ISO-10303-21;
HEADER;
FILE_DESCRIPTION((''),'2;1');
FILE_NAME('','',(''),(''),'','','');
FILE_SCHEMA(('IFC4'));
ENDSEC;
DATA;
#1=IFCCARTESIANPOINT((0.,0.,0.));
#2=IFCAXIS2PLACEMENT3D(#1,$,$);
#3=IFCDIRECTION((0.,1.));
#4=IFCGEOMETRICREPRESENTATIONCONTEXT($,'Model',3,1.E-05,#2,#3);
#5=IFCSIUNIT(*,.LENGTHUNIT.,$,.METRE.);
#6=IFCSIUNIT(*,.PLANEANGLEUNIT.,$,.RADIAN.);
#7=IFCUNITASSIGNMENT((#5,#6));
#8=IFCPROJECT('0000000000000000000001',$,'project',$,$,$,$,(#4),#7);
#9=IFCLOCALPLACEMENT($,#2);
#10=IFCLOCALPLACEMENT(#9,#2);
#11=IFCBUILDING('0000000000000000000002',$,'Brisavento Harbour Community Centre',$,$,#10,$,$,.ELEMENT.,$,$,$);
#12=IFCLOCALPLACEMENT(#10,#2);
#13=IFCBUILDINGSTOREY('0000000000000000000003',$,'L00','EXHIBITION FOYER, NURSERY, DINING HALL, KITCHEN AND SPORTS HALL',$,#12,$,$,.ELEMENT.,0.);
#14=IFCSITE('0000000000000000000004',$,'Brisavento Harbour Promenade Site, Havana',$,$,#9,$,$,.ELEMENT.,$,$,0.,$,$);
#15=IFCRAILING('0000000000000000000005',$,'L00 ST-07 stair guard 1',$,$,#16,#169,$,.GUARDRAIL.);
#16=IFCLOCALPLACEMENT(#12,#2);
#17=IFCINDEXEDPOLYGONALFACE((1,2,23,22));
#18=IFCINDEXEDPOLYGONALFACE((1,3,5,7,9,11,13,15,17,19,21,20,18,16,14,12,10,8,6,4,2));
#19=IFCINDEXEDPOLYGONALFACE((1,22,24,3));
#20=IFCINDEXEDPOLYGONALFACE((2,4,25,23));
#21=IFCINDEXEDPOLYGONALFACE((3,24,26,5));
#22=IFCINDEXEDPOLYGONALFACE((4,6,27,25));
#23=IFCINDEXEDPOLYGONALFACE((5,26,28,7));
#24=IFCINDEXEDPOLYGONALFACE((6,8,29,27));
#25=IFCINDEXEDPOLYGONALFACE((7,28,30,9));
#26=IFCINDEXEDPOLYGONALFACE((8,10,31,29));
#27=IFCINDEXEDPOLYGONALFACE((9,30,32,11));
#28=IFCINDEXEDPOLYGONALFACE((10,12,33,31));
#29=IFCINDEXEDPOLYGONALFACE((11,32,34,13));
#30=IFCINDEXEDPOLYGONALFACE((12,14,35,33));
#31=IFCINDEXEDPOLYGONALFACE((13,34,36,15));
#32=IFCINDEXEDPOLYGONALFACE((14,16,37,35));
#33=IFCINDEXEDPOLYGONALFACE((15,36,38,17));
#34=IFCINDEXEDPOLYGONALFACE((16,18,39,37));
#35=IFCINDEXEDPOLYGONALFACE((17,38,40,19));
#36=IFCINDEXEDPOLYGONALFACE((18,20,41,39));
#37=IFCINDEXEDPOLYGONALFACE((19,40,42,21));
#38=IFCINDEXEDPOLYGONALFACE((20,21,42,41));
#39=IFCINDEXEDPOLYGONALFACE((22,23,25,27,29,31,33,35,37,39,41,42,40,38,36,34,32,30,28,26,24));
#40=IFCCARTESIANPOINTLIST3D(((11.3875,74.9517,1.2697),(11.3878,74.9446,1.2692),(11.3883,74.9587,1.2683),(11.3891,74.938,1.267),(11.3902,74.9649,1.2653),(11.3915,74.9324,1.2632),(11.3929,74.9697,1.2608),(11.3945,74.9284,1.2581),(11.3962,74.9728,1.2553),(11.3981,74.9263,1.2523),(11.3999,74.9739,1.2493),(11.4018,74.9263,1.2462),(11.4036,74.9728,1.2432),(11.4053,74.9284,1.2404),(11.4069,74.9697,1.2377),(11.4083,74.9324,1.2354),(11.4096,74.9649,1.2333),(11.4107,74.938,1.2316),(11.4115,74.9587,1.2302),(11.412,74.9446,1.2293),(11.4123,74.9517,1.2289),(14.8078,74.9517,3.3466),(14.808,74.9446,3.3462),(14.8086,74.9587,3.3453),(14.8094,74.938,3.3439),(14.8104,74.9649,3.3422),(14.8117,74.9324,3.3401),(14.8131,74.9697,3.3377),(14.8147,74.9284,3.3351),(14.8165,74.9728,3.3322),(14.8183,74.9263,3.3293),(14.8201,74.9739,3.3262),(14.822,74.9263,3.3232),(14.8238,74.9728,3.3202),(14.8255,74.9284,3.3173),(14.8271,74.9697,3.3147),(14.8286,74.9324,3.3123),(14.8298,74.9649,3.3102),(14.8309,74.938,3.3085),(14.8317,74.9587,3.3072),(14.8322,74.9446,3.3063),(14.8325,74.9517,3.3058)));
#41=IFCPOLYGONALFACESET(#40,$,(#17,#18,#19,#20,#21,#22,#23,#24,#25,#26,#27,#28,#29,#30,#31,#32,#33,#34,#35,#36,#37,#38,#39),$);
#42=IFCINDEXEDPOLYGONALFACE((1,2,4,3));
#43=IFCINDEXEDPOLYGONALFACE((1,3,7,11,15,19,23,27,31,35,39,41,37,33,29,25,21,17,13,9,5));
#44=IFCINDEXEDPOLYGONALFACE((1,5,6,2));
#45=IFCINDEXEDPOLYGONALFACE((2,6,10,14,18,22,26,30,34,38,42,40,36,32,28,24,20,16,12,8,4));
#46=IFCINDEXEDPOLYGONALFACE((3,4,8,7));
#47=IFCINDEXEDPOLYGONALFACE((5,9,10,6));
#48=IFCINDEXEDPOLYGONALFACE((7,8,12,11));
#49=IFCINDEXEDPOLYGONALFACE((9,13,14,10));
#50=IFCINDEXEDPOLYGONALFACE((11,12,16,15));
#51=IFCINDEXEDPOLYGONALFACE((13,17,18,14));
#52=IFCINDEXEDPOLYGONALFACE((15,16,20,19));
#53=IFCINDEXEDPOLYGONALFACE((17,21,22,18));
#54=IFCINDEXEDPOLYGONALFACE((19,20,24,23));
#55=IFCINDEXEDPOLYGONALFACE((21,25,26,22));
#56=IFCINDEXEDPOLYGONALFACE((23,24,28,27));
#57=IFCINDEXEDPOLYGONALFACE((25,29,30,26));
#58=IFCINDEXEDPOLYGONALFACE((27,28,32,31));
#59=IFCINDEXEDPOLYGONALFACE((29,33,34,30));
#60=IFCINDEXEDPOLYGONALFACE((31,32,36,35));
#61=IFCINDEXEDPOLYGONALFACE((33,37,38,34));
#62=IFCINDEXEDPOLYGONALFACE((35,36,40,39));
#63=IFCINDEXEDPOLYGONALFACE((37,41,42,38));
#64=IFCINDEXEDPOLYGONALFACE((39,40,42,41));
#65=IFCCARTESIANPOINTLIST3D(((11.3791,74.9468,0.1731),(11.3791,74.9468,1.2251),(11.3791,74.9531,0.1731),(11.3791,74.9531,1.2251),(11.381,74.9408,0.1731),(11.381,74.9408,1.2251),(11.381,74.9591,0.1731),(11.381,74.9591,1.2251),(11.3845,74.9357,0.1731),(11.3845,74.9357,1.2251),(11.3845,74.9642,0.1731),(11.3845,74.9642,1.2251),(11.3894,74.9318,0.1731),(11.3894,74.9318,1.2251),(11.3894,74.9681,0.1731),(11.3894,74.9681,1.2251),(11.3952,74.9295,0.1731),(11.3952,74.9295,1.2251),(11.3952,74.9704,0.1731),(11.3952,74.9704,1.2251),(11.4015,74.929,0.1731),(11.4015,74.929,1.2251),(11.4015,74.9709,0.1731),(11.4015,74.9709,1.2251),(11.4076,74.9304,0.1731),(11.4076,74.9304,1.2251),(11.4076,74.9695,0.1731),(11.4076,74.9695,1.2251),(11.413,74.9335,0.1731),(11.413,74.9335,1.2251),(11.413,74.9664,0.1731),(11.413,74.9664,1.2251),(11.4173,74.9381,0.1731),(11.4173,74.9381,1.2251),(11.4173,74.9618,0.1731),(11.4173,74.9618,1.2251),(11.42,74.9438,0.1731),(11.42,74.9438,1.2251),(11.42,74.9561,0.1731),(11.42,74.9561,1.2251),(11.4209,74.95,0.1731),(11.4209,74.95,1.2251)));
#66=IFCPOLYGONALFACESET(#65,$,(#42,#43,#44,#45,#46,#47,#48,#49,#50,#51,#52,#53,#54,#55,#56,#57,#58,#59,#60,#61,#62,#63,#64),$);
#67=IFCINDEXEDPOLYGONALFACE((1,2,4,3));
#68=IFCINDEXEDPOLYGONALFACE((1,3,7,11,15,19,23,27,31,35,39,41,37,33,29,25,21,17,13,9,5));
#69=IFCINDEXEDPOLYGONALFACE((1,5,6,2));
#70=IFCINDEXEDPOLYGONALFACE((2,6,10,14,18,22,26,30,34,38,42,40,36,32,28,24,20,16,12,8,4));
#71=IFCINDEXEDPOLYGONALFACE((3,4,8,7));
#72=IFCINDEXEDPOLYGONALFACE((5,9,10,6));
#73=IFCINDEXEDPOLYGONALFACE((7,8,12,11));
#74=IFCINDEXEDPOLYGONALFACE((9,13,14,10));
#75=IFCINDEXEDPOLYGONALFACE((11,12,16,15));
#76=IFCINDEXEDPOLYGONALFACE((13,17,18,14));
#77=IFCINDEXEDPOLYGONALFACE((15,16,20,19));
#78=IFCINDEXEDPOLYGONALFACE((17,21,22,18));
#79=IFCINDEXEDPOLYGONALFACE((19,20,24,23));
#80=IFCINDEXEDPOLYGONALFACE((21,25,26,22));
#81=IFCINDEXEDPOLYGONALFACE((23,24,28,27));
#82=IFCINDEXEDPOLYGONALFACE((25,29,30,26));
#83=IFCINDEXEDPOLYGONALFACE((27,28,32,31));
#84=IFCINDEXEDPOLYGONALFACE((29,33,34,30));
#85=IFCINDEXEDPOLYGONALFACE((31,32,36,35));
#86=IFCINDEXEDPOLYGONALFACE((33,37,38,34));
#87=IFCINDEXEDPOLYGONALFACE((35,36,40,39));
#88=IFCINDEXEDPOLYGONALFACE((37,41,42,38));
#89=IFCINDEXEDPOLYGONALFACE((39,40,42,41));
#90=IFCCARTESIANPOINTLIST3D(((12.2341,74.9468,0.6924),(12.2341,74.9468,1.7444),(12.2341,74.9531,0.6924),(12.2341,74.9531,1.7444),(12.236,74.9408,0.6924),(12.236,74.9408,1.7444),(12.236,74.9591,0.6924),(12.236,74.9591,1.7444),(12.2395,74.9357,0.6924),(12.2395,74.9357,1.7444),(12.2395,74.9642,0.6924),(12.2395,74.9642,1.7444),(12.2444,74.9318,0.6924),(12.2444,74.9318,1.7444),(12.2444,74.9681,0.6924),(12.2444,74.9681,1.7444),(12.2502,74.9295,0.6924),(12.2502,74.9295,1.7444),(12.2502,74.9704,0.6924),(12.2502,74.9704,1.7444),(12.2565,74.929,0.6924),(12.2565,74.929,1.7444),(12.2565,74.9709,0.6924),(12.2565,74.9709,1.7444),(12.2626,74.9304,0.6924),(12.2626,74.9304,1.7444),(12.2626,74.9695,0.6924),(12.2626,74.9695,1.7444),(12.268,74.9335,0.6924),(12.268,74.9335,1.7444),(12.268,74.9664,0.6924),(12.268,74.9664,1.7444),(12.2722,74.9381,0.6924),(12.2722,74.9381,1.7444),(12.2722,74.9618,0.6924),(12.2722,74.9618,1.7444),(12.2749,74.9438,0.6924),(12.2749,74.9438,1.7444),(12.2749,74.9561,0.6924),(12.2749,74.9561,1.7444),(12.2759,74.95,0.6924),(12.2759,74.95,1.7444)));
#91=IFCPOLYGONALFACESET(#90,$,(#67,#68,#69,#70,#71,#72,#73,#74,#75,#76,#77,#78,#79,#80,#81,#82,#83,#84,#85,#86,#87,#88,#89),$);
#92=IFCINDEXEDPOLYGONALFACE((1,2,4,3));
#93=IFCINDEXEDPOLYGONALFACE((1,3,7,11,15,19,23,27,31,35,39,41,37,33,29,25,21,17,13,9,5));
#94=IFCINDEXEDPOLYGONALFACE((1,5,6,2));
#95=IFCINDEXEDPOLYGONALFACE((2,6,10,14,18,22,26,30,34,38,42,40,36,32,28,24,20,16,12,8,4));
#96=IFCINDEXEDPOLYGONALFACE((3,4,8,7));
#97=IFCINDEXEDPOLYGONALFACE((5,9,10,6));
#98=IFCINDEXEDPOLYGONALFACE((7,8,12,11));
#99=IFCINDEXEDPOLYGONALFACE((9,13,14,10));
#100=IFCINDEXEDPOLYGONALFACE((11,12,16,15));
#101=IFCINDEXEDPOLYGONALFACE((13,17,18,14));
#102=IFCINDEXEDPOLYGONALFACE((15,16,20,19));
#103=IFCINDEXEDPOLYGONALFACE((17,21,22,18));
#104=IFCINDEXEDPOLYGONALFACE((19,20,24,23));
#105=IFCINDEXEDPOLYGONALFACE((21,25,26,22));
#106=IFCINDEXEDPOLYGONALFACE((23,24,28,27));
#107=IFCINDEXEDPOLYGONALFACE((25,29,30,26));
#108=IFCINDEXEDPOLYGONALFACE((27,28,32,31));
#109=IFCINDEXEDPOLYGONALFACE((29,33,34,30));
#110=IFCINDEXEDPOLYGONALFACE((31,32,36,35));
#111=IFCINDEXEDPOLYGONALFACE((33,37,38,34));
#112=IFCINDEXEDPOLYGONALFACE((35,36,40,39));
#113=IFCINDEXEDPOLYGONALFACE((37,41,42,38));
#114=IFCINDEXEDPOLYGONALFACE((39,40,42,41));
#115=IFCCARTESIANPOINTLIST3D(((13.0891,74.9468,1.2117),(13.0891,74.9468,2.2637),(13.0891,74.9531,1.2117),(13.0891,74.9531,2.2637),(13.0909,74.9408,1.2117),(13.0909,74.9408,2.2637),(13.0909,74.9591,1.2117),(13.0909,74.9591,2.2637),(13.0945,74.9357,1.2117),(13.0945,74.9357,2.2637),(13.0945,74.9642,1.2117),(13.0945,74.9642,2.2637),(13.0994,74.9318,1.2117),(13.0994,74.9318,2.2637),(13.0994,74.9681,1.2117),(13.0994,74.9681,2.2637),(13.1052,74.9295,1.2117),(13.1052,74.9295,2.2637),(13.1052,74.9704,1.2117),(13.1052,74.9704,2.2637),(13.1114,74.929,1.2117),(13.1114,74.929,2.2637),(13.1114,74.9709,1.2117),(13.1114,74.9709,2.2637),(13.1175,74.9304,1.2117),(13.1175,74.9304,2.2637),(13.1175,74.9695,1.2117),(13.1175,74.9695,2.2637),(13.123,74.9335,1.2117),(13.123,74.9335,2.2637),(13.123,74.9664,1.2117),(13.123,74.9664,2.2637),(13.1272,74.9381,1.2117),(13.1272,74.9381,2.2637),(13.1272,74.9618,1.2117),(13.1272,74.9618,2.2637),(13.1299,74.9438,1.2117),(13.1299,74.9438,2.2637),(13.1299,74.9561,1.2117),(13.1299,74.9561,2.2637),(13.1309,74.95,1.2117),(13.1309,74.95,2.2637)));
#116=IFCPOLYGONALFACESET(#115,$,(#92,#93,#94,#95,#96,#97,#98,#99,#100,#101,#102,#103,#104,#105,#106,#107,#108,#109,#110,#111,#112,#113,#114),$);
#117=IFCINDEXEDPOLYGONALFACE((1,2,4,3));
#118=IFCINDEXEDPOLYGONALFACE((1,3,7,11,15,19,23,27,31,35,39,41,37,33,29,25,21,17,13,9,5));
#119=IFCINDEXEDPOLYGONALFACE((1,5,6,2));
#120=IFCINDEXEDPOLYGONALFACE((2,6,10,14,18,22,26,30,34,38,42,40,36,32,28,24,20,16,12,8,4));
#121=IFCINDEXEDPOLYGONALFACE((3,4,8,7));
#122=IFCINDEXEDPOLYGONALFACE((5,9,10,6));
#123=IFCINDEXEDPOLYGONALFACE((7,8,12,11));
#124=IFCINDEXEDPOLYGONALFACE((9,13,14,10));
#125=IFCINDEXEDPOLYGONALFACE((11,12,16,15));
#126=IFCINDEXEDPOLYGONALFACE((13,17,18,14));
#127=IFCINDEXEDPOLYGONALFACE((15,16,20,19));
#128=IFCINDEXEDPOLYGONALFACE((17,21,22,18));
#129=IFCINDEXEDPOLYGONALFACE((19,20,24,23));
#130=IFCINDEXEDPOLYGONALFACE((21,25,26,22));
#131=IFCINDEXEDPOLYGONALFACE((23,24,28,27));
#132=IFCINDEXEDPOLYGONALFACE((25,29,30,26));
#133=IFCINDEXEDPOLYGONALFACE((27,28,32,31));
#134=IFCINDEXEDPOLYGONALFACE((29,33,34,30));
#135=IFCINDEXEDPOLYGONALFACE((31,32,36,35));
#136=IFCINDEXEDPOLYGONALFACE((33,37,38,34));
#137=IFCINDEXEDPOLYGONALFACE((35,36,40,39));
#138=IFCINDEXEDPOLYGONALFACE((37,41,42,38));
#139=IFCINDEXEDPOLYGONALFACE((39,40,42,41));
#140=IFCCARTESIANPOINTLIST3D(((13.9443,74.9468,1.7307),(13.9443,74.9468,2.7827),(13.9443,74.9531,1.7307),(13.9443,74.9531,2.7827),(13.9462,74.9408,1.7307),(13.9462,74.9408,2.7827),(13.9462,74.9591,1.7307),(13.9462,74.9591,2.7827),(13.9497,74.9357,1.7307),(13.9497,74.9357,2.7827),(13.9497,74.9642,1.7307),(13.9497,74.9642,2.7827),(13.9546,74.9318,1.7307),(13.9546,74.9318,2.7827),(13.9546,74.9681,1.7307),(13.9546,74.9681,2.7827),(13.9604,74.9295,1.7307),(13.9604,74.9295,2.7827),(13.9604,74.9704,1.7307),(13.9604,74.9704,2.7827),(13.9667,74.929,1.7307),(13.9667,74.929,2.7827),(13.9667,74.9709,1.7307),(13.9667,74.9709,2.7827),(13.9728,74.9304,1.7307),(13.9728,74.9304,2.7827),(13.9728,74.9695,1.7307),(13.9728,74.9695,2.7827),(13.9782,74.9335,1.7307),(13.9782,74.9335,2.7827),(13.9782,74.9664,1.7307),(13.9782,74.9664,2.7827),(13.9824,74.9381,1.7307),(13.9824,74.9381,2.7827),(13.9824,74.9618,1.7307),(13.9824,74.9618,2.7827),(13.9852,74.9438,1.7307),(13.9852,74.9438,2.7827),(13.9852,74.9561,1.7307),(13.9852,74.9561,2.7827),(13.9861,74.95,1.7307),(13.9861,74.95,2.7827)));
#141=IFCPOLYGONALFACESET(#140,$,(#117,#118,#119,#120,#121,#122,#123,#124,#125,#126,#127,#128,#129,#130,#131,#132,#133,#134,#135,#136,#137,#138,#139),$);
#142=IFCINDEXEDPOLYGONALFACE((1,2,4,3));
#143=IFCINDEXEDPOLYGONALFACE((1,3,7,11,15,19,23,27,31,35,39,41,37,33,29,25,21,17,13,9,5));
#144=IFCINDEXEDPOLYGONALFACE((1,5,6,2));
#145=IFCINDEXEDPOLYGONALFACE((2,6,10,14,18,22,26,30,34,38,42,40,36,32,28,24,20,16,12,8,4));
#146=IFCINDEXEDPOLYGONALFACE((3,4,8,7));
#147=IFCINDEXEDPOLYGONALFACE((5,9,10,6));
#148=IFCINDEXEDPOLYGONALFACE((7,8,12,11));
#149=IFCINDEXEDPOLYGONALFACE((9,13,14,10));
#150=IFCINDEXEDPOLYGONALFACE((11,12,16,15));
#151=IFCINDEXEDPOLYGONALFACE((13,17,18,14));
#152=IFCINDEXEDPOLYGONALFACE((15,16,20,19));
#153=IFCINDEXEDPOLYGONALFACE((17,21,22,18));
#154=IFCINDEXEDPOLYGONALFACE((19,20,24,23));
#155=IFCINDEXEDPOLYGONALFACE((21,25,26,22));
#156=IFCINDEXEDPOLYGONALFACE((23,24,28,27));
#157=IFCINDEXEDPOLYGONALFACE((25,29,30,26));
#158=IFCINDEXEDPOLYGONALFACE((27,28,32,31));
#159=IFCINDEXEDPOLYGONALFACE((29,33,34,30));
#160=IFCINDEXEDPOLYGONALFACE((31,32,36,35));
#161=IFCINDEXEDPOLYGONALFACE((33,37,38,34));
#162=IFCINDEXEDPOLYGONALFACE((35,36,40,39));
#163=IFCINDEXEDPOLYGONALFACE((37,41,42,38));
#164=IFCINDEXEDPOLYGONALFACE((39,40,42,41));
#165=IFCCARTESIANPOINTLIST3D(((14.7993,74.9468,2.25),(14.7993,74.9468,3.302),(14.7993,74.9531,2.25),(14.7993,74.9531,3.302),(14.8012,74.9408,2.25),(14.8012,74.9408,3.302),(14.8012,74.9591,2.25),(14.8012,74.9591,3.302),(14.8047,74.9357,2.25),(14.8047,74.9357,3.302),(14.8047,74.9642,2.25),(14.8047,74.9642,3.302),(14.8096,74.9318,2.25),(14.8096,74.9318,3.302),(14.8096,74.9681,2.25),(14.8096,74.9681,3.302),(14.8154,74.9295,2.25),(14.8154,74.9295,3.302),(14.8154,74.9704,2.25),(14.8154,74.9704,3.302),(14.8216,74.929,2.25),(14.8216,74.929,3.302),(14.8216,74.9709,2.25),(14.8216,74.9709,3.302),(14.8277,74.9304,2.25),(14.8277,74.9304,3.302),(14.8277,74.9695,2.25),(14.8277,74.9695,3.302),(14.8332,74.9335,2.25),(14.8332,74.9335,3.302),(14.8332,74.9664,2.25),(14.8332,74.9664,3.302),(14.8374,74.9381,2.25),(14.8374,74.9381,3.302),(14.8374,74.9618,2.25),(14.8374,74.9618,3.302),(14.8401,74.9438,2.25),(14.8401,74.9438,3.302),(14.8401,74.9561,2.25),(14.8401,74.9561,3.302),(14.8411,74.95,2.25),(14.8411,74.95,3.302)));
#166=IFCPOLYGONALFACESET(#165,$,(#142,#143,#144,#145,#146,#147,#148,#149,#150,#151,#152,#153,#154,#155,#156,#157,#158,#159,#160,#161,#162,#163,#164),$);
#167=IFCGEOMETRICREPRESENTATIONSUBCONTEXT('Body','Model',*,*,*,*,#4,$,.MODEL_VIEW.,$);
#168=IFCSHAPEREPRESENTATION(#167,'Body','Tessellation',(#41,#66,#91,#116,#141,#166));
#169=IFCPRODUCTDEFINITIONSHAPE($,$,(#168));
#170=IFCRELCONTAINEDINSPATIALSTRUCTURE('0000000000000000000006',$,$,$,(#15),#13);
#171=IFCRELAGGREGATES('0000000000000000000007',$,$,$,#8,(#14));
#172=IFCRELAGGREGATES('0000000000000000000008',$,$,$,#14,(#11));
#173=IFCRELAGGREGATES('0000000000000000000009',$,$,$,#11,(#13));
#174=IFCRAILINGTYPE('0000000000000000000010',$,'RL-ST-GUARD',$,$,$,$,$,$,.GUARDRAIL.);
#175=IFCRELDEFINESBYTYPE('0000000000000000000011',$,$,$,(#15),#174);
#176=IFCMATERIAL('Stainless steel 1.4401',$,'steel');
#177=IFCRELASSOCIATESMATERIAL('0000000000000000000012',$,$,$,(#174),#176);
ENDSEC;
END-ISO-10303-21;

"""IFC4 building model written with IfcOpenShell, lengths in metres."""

from ifc_helpers import new_model, si_unit, direction, frame, origin, origin_2d, place, context, subcontext, project, spatial, circle, extrude, material, type_object, element, save


model = new_model("IFC4")

# Units and contexts
model_context = context("Model", 3, precision=1e-05, world=origin(), true_north=direction((0.0, 1.0)))
body_context = subcontext(model_context, "Body", "Model", "MODEL_VIEW")
ifc_project = project(units=[si_unit("LENGTHUNIT", "METRE"), si_unit("PLANEANGLEUNIT", "RADIAN")], contexts=[model_context])

# Site, building, storey
site_placement = place(None, origin())
site = spatial("IfcSite", under=ifc_project, at=site_placement, Name="Brisavento Harbour Promenade Site, Havana", CompositionType="ELEMENT", RefElevation=0.0)
building_placement = place(site_placement, origin())
building = spatial("IfcBuilding", under=site, at=building_placement, Name="Brisavento Harbour Community Centre", CompositionType="ELEMENT")
storey_placement = place(building_placement, origin())
storey = spatial("IfcBuildingStorey", under=building, at=storey_placement, Name="L00", Description="EXHIBITION FOYER, NURSERY, DINING HALL, KITCHEN AND SPORTS HALL", CompositionType="ELEMENT", Elevation=0.0)

# Railing
ifc_material_1 = material(Name="Stainless steel 1.4401", Category="steel")
railing_type_1 = type_object("IfcRailingType", Name="RL-ST-GUARD", PredefinedType="GUARDRAIL", material=ifc_material_1)
railing_1_placement = place(storey_placement, frame((11.3999, 74.95, 0.1731)))
element("IfcRailing", 1, at=railing_1_placement, inside=storey, type_object=railing_type_1, Name="L00 ST-07 stair guard 1", PredefinedType="GUARDRAIL", context=body_context, shape_type="SweptSolid", body=[
    extrude(circle(Radius=0.0239, at=origin_2d()), frame((0.0, 0.0, 1.0762), z_axis=(0.854746, 0.0, 0.519047), x_axis=(0.0, 1.0, 0.0)), (0.0, 0.0, 1.0), 4.0015),
    extrude(circle(Radius=0.021, at=origin_2d()), origin(), (0.0, 0.0, 1.0), 1.052),
    extrude(circle(Radius=0.021, at=origin_2d()), frame((0.855, 0.0, 0.5193)), (0.0, 0.0, 1.0), 1.052),
    extrude(circle(Radius=0.021, at=origin_2d()), frame((1.71, 0.0, 1.0386)), (0.0, 0.0, 1.0), 1.052),
    extrude(circle(Radius=0.021, at=origin_2d()), frame((2.5652, 0.0, 1.5576)), (0.0, 0.0, 1.0), 1.052),
    extrude(circle(Radius=0.021, at=origin_2d()), frame((3.4202, 0.0, 2.0769)), (0.0, 0.0, 1.0), 1.052),
])

save(model, "model.ifc")
